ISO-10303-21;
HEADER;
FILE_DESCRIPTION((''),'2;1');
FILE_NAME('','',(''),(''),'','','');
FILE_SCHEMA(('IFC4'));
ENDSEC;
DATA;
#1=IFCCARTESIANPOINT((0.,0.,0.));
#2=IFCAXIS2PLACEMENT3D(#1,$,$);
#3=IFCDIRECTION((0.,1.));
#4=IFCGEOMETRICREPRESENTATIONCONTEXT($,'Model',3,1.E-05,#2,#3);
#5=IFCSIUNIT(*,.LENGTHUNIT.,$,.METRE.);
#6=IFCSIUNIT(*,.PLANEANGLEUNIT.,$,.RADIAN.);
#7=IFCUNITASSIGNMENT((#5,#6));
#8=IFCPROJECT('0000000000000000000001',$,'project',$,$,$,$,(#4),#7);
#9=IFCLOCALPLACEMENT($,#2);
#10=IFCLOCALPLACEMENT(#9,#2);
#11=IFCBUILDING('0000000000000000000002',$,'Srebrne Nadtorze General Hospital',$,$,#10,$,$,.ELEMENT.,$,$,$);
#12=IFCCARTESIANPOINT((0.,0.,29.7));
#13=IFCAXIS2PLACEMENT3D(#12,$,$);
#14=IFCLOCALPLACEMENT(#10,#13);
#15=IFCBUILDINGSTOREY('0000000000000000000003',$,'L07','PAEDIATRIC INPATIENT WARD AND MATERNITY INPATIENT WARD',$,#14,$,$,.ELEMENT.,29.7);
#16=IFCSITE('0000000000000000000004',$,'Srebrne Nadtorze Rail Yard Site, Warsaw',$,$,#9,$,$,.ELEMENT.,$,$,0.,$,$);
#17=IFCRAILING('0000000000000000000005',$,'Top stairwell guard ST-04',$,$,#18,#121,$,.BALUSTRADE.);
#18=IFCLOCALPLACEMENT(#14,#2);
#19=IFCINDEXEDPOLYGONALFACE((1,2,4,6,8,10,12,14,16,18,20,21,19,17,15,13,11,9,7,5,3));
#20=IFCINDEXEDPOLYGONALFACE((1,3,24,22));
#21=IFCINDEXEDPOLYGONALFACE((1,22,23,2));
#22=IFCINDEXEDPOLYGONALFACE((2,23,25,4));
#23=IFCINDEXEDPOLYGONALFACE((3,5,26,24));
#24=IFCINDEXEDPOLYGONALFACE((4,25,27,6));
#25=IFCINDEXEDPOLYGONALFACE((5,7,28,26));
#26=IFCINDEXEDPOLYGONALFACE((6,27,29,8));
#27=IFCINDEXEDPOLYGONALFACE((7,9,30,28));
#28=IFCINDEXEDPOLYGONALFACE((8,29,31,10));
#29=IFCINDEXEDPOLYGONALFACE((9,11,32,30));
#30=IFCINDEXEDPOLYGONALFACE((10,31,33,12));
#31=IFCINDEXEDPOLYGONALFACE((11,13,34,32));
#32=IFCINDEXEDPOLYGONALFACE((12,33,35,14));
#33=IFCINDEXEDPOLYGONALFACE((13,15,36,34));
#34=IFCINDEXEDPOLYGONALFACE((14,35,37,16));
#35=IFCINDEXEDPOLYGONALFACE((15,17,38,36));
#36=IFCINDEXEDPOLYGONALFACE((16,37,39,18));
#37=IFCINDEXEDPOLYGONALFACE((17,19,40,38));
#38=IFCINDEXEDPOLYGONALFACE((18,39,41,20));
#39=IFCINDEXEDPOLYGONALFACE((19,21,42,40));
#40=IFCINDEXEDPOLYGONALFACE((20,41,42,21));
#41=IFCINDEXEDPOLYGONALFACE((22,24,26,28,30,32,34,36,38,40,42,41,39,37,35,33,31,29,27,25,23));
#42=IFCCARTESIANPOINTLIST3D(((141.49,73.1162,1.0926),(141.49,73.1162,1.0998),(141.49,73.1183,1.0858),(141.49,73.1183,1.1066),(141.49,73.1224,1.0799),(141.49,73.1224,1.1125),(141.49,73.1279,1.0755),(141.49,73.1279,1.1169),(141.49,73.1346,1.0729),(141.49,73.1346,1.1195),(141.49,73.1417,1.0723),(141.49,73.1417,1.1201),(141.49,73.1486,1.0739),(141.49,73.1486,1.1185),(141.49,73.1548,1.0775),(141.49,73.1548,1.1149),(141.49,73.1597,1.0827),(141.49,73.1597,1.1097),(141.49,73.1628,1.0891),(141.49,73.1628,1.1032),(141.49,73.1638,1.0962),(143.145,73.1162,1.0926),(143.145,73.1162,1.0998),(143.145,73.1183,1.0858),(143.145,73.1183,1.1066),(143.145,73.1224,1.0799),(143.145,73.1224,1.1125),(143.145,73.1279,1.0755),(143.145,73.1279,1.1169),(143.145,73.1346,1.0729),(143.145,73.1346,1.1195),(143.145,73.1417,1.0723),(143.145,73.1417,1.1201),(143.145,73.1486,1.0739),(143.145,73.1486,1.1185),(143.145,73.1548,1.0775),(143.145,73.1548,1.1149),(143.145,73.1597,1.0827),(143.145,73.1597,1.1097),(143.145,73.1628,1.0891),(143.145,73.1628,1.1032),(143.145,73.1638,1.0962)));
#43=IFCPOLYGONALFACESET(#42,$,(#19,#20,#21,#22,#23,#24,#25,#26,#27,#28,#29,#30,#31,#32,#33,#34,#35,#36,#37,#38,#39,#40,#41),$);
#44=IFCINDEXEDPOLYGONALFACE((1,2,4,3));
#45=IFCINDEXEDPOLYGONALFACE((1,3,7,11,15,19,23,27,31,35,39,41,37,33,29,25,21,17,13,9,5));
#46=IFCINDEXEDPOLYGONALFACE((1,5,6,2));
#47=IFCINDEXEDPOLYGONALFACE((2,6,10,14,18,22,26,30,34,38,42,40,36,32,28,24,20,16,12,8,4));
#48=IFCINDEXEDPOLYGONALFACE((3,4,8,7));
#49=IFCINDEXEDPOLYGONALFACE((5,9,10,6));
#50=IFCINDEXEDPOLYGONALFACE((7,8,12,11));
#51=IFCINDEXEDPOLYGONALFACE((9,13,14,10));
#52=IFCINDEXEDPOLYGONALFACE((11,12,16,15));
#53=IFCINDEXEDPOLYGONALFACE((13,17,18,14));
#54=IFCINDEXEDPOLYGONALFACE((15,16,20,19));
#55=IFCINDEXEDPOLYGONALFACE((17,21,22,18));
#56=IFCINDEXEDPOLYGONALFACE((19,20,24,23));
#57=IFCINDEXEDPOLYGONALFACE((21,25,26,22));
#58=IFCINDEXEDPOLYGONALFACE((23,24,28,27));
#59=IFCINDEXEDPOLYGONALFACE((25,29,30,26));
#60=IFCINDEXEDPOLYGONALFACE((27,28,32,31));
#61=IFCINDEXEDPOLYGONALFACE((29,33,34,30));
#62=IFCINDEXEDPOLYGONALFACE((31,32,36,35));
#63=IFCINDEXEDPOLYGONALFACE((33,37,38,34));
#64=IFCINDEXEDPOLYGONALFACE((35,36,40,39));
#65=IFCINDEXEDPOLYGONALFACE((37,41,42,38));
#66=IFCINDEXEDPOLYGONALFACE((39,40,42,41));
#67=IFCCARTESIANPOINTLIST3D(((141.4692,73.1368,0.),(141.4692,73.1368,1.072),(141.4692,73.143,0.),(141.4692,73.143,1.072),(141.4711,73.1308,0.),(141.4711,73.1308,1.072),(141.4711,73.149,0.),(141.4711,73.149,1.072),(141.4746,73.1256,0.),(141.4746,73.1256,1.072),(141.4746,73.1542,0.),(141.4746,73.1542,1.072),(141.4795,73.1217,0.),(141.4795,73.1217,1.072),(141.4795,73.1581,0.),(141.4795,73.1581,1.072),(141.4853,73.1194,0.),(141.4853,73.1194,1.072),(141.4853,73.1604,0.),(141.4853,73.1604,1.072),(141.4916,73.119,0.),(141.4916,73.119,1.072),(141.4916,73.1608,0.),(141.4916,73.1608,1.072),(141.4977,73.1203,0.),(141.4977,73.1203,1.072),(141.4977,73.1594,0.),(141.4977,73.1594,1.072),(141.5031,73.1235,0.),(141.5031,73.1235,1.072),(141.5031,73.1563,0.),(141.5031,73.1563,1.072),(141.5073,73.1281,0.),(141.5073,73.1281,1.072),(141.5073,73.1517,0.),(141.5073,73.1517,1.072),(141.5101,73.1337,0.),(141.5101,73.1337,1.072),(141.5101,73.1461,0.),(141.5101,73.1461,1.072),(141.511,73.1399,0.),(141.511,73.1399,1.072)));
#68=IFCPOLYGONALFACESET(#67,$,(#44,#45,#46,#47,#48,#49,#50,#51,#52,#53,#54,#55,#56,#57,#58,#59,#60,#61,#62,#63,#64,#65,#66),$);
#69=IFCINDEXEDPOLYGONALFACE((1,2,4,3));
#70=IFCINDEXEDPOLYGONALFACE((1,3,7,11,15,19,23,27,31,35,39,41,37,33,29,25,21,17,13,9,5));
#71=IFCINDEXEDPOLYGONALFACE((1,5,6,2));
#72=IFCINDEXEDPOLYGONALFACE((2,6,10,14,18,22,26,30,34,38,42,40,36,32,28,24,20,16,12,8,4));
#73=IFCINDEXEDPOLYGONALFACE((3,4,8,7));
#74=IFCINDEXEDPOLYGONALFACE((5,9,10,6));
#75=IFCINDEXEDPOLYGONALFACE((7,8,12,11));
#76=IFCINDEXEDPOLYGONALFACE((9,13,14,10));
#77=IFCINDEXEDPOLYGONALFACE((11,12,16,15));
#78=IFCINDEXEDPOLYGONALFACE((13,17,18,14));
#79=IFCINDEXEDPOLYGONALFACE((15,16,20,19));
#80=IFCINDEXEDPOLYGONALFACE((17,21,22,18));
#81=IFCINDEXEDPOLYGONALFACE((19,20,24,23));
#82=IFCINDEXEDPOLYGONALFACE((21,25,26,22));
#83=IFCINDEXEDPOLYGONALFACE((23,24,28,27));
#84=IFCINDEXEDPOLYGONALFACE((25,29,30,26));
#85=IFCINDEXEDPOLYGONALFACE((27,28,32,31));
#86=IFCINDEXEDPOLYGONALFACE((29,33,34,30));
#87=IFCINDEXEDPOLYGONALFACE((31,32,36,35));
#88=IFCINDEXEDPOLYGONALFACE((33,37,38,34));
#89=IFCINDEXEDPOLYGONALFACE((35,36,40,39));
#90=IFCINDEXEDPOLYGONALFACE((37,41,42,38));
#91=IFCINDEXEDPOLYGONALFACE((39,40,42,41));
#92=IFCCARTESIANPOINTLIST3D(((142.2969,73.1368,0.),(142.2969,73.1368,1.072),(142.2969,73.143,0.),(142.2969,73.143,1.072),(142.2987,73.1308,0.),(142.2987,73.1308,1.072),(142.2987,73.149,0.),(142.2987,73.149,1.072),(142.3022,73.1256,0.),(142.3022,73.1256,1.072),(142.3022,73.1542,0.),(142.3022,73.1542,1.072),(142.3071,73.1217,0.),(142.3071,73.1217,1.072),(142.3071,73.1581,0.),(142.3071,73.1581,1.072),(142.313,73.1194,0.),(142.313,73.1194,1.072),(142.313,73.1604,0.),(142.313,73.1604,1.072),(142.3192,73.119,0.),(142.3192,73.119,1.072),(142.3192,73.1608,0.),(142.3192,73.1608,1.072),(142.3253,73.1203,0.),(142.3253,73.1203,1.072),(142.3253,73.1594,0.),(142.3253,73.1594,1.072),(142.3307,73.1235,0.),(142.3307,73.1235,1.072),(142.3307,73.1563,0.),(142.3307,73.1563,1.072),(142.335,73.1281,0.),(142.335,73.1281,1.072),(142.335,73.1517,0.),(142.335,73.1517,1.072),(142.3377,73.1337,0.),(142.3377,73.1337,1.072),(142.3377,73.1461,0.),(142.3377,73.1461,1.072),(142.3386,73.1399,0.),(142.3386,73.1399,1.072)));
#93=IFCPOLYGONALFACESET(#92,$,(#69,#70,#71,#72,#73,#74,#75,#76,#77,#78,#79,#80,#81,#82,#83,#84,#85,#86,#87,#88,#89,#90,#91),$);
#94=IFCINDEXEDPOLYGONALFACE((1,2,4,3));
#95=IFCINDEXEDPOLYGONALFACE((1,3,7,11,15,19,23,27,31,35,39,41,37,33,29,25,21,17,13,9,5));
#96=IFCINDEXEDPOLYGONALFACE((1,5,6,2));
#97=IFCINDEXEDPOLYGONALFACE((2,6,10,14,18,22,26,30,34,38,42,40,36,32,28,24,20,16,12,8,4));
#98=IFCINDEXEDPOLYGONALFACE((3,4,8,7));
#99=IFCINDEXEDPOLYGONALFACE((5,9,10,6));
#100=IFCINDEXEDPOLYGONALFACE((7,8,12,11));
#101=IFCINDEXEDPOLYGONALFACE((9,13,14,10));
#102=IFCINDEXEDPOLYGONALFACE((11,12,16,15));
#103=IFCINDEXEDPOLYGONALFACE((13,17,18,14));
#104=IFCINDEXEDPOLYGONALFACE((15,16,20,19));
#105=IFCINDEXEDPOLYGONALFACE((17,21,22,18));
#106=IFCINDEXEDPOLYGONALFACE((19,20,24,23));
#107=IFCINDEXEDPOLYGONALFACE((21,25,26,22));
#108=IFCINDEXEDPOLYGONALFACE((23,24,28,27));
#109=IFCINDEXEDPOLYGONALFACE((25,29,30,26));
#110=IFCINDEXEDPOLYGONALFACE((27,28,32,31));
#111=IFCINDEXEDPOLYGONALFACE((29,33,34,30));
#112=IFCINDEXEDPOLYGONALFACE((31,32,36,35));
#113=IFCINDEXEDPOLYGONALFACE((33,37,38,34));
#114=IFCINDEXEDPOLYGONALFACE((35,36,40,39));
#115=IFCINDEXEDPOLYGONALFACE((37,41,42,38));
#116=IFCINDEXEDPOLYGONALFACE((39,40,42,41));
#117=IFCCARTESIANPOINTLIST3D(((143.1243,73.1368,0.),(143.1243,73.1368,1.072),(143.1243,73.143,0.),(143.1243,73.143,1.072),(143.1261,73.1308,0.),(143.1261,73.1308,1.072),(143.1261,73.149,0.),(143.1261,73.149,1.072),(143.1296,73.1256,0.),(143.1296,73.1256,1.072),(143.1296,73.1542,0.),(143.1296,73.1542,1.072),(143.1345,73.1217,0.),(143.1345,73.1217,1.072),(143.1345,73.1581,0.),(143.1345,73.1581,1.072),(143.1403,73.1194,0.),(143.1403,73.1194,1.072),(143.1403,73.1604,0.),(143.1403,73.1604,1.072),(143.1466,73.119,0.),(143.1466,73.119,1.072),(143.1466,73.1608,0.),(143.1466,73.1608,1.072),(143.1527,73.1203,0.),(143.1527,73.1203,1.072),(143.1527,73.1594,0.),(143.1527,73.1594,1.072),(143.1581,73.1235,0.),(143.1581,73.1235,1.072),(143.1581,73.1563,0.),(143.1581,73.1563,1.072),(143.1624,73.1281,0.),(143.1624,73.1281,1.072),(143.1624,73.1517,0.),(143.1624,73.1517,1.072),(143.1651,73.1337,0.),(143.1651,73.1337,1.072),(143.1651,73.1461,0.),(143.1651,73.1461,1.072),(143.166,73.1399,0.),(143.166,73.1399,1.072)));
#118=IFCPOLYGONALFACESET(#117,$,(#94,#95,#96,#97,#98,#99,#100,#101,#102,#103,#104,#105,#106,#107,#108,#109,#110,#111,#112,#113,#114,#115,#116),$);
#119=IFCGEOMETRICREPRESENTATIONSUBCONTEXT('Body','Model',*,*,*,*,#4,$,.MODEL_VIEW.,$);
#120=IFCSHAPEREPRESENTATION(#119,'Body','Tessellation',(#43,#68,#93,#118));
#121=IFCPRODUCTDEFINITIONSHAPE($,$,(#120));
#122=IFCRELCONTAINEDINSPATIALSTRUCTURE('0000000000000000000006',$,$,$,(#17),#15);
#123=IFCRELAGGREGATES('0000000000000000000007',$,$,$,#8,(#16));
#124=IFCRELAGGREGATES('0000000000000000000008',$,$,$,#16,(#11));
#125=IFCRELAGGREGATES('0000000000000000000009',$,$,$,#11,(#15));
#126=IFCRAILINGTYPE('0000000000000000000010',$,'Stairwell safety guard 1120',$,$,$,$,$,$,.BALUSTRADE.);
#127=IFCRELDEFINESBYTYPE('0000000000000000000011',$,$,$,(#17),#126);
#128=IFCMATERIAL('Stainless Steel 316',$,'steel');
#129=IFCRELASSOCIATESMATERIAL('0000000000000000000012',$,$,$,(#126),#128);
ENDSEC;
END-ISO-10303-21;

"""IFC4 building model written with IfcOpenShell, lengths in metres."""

from ifc_helpers import new_model, si_unit, direction, frame, origin, origin_2d, place, context, subcontext, project, spatial, circle, extrude, material, type_object, element, save


model = new_model("IFC4")

# Units and contexts
model_context = context("Model", 3, precision=1e-05, world=origin(), true_north=direction((0.0, 1.0)))
body_context = subcontext(model_context, "Body", "Model", "MODEL_VIEW")
ifc_project = project(units=[si_unit("LENGTHUNIT", "METRE"), si_unit("PLANEANGLEUNIT", "RADIAN")], contexts=[model_context])

# Site, building, storey
site_placement = place(None, origin())
site = spatial("IfcSite", under=ifc_project, at=site_placement, Name="Srebrne Nadtorze Rail Yard Site, Warsaw", CompositionType="ELEMENT", RefElevation=0.0)
building_placement = place(site_placement, origin())
building = spatial("IfcBuilding", under=site, at=building_placement, Name="Srebrne Nadtorze General Hospital", CompositionType="ELEMENT")
storey_placement = place(building_placement, frame((0.0, 0.0, 29.7)))
storey = spatial("IfcBuildingStorey", under=building, at=storey_placement, Name="L07", Description="PAEDIATRIC INPATIENT WARD AND MATERNITY INPATIENT WARD", CompositionType="ELEMENT", Elevation=29.7)

# Railing
ifc_material_1 = material(Name="Stainless Steel 316", Category="steel")
railing_type = type_object("IfcRailingType", Name="Stairwell safety guard 1120", PredefinedType="BALUSTRADE", material=ifc_material_1)
railing_placement = place(storey_placement, frame((141.49, 73.1399, 0.0)))
element("IfcRailing", 1, at=railing_placement, inside=storey, type_object=railing_type, Name="Top stairwell guard ST-04", PredefinedType="BALUSTRADE", context=body_context, shape_type="SweptSolid", body=[
    extrude(circle(Radius=0.0239, at=origin_2d()), frame((0.0, 0.0, 1.0962), z_axis=(1.0, 0.0, 0.0), x_axis=(0.0, 1.0, 0.0)), (0.0, 0.0, 1.0), 1.655),
    extrude(circle(Radius=0.021, at=origin_2d()), origin(), (0.0, 0.0, 1.0), 1.072),
    extrude(circle(Radius=0.021, at=origin_2d()), frame((0.8276, 0.0, 0.0)), (0.0, 0.0, 1.0), 1.072),
    extrude(circle(Radius=0.021, at=origin_2d()), frame((1.655, 0.0, 0.0)), (0.0, 0.0, 1.0), 1.072),
])

save(model, "model.ifc")
